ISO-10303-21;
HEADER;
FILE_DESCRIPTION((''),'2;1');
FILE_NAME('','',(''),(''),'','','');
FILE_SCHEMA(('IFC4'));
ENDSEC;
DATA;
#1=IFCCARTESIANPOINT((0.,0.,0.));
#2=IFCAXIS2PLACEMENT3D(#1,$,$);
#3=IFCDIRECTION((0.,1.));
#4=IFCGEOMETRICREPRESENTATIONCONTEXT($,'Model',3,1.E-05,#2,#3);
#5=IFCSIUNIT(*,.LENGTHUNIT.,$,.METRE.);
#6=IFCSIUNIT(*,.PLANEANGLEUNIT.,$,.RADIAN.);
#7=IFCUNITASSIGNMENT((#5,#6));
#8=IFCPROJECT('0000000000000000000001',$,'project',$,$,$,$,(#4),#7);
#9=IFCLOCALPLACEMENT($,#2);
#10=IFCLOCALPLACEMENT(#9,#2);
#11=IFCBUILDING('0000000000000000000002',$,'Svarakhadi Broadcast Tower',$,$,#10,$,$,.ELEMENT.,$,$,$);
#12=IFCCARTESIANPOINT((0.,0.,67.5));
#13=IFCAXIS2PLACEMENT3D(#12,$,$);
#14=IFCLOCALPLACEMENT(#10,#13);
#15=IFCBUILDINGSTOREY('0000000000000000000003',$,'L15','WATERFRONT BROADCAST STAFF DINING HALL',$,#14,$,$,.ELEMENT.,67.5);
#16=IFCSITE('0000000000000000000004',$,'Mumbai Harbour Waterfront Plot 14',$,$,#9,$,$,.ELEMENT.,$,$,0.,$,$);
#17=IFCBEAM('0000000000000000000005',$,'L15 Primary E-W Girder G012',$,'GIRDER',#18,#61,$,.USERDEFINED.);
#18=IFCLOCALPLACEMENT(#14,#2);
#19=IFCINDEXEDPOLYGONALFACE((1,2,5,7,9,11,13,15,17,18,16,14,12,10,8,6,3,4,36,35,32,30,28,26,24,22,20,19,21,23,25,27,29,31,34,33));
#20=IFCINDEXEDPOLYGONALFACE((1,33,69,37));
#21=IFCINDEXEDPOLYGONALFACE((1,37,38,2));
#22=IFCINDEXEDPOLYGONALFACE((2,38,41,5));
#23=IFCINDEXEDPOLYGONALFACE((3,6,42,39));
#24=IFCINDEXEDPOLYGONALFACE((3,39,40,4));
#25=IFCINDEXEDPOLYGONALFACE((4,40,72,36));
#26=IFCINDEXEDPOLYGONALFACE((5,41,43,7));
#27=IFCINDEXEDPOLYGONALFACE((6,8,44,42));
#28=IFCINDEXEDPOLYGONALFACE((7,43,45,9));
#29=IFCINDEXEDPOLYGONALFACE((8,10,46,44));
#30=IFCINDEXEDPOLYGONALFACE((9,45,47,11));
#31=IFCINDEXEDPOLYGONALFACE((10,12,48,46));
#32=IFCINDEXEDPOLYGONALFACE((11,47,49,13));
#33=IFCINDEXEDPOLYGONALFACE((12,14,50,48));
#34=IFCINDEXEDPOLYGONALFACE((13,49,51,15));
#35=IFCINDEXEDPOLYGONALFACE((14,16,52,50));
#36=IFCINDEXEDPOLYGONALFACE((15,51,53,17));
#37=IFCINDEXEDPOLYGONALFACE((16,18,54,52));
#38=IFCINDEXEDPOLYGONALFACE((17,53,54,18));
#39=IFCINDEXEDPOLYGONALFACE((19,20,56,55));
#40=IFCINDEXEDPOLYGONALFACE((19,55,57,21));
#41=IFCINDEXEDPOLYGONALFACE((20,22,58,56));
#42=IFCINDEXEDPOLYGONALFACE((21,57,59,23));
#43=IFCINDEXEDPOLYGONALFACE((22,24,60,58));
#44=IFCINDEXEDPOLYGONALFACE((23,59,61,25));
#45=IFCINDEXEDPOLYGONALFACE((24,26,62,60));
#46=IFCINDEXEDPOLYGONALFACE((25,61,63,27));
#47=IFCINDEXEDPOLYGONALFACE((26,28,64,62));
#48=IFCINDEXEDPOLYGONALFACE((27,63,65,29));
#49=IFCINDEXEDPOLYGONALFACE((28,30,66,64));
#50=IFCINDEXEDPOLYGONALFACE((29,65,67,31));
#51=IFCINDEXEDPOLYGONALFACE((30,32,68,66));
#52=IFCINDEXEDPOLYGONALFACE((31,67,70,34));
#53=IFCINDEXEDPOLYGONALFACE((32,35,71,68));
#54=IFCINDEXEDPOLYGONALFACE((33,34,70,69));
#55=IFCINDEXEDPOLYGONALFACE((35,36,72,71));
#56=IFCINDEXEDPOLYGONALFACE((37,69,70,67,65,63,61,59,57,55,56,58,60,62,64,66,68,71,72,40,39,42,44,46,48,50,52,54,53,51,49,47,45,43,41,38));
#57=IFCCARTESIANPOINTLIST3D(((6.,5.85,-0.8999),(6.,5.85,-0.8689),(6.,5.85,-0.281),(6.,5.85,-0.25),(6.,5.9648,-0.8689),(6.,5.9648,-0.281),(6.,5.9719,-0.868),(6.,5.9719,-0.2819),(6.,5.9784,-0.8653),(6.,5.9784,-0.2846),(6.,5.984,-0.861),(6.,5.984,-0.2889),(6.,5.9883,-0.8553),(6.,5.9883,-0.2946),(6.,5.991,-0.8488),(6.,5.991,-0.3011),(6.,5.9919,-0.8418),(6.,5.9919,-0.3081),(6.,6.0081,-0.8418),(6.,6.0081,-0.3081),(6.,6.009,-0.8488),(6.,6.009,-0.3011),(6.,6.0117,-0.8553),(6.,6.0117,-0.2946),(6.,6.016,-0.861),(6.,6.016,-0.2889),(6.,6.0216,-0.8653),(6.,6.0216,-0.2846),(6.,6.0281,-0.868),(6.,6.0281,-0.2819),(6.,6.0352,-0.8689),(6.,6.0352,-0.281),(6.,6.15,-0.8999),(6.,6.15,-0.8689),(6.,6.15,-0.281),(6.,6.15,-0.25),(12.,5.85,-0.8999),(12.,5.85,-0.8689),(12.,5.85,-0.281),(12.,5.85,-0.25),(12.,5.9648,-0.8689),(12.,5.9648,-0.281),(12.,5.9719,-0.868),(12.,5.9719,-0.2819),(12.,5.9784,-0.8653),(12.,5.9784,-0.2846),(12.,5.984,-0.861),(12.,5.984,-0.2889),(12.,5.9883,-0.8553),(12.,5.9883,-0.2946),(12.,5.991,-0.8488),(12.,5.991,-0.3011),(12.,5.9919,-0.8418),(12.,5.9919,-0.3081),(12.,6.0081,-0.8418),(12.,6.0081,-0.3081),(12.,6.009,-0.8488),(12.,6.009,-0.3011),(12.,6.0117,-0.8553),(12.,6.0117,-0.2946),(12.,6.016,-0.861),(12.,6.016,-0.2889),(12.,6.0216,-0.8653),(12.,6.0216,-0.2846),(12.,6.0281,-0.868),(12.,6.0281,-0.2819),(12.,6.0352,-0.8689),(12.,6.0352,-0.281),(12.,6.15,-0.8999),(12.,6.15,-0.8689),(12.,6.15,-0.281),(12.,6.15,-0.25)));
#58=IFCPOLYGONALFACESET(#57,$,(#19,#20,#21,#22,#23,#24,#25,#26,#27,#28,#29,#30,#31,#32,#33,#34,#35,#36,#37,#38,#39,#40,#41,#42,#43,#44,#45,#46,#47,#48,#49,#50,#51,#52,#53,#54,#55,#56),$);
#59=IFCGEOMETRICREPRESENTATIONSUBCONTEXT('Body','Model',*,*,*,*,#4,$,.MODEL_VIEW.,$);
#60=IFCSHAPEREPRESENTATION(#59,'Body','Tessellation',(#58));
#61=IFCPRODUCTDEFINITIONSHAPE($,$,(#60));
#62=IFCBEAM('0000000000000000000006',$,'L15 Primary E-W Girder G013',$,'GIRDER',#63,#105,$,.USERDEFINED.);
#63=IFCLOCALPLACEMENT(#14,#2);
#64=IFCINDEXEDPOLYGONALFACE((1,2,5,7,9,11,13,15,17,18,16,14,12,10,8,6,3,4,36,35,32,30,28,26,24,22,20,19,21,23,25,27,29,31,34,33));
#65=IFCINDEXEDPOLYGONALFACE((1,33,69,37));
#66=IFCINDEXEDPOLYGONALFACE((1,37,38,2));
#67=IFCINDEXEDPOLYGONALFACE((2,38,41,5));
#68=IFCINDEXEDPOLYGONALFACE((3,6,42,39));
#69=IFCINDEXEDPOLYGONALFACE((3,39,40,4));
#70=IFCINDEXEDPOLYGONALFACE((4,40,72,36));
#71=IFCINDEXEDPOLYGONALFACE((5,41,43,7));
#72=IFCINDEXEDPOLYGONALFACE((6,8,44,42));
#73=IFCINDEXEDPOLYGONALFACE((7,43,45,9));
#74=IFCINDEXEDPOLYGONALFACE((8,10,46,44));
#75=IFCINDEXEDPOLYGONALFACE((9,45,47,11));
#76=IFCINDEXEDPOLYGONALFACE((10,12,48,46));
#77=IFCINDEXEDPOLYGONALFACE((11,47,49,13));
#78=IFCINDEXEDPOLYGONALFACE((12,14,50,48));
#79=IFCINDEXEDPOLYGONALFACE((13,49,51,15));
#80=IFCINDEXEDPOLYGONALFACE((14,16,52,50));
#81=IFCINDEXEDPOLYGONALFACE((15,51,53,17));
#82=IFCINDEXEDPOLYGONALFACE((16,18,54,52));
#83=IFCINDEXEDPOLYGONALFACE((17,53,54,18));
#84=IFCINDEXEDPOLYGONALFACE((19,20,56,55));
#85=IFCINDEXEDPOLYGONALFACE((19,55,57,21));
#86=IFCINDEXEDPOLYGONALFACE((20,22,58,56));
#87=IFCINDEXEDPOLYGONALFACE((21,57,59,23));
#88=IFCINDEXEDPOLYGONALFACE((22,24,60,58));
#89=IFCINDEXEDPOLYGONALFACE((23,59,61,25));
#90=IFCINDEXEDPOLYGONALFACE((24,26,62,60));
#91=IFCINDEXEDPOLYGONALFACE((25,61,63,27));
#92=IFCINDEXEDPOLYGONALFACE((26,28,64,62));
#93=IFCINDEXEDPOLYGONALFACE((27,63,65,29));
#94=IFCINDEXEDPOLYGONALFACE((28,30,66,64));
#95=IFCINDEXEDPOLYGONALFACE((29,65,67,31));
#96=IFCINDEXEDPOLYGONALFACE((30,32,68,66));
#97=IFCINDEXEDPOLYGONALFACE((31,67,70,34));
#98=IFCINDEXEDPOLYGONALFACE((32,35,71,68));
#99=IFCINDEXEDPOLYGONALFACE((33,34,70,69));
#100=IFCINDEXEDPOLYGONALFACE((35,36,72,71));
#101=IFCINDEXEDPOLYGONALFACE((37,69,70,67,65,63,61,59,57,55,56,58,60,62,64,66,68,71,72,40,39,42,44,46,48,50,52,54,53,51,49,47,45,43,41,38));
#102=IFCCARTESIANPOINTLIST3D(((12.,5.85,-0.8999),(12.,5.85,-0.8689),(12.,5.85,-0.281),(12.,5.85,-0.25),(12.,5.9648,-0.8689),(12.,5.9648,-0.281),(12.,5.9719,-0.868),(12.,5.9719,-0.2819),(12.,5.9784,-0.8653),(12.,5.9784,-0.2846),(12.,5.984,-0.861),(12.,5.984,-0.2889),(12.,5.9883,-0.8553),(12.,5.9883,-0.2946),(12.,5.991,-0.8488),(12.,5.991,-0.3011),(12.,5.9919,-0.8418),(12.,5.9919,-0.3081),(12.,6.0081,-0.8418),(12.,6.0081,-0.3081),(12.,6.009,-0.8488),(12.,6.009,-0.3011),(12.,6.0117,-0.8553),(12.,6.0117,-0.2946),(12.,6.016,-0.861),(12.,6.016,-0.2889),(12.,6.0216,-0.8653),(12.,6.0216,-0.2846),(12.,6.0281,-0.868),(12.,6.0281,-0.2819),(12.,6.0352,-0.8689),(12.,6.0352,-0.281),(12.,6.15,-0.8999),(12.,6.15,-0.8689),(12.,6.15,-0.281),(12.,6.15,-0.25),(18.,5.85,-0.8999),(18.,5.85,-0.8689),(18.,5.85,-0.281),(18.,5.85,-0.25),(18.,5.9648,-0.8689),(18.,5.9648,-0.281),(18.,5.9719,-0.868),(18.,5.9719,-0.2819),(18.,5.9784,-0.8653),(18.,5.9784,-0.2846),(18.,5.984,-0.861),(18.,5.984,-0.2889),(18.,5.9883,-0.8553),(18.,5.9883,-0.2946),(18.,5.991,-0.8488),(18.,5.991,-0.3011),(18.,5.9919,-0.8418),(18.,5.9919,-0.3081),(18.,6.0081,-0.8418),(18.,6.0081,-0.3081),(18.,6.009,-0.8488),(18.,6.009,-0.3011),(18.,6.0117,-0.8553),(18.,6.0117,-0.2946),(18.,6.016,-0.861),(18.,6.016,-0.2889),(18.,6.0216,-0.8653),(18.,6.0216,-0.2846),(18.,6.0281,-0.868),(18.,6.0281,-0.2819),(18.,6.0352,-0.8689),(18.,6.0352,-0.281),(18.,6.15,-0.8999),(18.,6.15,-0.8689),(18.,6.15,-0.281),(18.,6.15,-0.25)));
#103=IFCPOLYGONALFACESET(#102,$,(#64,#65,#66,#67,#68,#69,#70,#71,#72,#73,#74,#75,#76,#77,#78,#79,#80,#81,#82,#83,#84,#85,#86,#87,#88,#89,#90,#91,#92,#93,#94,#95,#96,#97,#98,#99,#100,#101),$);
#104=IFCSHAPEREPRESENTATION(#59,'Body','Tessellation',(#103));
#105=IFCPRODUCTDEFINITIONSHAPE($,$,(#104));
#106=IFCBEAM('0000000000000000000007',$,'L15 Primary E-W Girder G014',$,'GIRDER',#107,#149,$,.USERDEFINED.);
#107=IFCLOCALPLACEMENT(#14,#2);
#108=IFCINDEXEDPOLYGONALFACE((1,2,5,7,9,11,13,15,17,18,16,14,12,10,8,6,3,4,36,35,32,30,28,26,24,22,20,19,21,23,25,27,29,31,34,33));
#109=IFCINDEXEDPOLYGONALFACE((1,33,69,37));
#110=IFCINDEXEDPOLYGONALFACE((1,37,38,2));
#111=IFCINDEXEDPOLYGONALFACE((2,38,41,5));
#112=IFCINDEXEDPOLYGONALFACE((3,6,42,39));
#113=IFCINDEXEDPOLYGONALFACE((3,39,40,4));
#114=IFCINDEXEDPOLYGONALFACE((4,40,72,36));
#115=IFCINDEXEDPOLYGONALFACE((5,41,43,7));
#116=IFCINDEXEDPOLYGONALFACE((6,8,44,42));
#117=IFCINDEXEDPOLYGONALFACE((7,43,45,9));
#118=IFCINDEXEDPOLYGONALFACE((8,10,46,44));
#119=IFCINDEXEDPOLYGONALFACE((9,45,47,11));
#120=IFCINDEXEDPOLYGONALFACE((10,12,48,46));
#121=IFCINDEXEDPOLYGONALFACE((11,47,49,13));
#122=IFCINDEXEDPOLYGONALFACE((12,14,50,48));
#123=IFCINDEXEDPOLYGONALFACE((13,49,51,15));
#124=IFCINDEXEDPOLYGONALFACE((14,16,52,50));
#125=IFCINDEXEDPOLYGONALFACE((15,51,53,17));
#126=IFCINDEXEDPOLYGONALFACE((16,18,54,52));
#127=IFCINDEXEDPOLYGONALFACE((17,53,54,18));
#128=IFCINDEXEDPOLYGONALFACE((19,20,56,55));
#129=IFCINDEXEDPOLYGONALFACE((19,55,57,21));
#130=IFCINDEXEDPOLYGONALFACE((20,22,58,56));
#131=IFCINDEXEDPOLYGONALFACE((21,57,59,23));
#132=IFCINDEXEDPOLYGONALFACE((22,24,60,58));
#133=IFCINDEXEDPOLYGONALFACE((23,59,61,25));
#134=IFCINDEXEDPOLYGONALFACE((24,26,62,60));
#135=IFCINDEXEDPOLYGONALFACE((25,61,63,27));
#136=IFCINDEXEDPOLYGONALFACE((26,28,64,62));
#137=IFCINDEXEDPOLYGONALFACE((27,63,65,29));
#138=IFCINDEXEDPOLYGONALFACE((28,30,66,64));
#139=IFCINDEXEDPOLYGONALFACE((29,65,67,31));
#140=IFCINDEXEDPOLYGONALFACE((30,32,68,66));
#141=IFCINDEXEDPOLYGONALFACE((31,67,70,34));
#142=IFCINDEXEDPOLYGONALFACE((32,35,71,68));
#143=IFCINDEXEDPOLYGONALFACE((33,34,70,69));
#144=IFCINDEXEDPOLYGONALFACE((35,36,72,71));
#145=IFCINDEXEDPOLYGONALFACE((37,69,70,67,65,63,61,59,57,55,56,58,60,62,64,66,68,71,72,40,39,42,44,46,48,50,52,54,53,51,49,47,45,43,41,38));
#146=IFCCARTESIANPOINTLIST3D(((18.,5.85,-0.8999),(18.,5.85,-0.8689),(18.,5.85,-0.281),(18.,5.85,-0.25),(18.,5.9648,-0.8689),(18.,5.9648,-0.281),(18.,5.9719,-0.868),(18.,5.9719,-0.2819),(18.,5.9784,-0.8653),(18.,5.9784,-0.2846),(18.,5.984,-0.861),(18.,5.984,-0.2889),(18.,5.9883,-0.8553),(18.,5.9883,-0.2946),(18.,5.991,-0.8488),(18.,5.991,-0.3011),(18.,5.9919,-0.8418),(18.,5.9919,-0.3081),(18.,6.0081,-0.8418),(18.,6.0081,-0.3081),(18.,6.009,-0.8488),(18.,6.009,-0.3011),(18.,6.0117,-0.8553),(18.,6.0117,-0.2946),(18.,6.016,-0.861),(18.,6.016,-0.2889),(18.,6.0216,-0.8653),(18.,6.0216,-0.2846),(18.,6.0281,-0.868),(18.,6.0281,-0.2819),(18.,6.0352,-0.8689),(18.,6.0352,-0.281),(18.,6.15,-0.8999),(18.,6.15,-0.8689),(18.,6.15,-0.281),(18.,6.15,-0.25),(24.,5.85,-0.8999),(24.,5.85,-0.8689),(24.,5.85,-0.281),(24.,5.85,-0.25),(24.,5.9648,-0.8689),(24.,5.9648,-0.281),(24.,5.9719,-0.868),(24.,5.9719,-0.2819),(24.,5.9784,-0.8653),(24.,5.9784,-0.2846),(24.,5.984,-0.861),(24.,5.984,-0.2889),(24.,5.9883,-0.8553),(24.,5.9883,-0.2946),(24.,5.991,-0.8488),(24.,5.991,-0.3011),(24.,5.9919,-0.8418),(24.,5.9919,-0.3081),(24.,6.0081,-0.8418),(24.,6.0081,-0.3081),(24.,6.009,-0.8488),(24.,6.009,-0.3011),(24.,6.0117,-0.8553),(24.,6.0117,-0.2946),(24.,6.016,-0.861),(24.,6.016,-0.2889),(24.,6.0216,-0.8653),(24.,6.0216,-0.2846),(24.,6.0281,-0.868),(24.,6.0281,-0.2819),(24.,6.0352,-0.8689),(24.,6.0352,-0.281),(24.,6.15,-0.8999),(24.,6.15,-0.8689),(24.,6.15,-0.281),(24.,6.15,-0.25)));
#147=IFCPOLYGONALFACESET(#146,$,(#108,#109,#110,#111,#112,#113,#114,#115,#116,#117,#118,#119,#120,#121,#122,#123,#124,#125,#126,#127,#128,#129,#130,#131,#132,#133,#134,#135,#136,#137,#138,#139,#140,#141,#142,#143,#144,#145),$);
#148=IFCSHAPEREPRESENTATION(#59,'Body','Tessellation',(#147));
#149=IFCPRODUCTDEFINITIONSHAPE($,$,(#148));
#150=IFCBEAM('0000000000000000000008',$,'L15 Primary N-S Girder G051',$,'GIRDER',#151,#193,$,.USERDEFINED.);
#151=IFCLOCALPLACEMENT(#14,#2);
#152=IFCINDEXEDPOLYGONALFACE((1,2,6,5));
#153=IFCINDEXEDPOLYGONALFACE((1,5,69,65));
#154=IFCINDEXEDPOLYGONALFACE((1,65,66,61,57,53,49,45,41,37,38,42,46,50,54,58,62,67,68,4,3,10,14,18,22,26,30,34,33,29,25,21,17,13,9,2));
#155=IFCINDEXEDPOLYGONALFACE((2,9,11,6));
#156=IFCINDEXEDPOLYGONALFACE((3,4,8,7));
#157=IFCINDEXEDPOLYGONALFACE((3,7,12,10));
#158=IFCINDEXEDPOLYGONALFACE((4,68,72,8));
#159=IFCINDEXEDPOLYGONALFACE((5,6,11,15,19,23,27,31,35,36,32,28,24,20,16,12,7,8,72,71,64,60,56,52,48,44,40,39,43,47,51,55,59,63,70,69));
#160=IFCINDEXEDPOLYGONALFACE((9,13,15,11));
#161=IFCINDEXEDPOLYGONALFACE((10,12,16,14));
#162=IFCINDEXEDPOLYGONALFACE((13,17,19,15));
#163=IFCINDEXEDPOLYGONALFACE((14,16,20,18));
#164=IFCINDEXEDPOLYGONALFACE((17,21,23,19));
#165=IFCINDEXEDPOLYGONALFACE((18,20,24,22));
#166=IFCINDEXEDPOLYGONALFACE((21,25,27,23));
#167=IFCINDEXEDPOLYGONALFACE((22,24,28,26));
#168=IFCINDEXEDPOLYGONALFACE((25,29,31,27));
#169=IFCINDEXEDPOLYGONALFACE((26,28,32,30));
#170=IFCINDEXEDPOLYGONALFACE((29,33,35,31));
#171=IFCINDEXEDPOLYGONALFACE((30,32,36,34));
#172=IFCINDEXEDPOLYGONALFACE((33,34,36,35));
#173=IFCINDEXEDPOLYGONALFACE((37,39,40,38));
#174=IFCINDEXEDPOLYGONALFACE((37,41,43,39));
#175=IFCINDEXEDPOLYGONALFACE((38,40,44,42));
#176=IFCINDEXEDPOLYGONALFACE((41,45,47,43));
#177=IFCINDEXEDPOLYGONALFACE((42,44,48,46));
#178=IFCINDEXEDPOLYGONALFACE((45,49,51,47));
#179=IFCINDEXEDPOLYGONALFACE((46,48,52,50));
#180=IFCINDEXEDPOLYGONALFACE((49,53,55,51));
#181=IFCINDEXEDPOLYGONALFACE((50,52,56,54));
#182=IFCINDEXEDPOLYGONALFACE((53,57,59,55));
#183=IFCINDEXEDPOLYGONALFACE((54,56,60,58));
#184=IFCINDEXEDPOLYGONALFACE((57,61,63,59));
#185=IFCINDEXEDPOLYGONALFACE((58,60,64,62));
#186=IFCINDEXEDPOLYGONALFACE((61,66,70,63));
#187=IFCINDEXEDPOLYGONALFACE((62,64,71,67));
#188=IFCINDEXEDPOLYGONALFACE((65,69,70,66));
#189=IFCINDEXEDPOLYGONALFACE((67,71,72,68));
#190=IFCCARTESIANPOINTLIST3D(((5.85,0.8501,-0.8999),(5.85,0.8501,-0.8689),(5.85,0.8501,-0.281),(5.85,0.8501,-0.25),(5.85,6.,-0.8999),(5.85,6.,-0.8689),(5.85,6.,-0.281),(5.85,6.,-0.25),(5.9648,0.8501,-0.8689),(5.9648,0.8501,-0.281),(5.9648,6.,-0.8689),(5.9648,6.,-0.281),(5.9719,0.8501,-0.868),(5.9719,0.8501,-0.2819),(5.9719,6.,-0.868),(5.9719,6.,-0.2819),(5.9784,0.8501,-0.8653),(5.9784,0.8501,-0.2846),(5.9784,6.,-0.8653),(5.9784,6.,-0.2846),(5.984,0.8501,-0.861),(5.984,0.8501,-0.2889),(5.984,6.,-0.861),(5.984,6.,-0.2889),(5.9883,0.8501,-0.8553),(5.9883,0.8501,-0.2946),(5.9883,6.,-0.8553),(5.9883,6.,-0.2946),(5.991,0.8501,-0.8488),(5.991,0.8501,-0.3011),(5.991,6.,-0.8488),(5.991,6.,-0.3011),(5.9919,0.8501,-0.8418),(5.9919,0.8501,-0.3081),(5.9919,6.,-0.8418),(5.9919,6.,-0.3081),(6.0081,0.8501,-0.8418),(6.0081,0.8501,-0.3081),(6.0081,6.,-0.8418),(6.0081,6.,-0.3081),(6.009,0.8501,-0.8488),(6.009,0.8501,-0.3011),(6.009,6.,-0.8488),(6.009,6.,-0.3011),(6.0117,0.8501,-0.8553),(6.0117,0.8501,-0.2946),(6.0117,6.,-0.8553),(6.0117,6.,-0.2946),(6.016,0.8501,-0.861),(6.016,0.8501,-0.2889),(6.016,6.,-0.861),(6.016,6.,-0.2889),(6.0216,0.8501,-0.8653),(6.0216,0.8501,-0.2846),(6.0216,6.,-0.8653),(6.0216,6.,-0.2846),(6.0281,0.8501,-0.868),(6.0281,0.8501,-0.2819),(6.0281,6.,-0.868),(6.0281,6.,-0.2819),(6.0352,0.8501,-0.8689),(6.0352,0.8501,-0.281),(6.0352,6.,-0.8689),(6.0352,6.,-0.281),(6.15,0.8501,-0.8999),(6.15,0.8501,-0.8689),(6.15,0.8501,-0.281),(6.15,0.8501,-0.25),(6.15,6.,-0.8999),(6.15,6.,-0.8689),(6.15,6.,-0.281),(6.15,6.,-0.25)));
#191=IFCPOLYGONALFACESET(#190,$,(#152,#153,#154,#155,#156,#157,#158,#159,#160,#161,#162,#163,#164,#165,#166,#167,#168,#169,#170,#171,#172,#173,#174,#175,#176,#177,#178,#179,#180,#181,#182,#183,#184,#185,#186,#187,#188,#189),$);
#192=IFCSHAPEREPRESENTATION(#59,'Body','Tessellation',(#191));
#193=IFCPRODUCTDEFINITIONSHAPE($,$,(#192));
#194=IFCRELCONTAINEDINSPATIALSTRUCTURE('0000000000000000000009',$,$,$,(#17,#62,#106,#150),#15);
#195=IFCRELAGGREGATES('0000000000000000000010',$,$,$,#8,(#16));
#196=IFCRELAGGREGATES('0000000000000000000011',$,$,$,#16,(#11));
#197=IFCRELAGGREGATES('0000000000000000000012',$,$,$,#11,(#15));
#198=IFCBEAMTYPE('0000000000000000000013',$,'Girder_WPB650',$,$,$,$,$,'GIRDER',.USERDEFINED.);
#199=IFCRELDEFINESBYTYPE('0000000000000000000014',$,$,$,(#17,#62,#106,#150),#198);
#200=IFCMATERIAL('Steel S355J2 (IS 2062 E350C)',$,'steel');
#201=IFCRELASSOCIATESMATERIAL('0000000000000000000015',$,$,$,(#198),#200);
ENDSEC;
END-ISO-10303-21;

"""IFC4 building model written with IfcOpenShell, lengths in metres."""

from ifc_helpers import new_model, si_unit, direction, frame, origin, origin_2d, place, context, subcontext, project, spatial, i_section, extrude, material, material_profile, profile_set, type_object, element, save


model = new_model("IFC4")

# Units and contexts
model_context = context("Model", 3, precision=1e-05, world=origin(), true_north=direction((0.0, 1.0)))
body_context = subcontext(model_context, "Body", "Model", "MODEL_VIEW")
ifc_project = project(units=[si_unit("LENGTHUNIT", "METRE"), si_unit("PLANEANGLEUNIT", "RADIAN")], contexts=[model_context])

# Site, building, storey
site_placement = place(None, origin())
site = spatial("IfcSite", under=ifc_project, at=site_placement, Name="Mumbai Harbour Waterfront Plot 14", CompositionType="ELEMENT", RefElevation=0.0)
building_placement = place(site_placement, origin())
building = spatial("IfcBuilding", under=site, at=building_placement, Name="Svarakhadi Broadcast Tower", CompositionType="ELEMENT")
storey_placement = place(building_placement, frame((0.0, 0.0, 67.5)))
storey = spatial("IfcBuildingStorey", under=building, at=storey_placement, Name="L15", Description="WATERFRONT BROADCAST STAFF DINING HALL", CompositionType="ELEMENT", Elevation=67.5)

# Shared definitions
ifc_material_1 = material(Name="Steel S355J2 (IS 2062 E350C)", Category="steel")

# Beams
ifc_material_profile_1 = material_profile(ifc_material_1, i_section(OverallWidth=0.3, OverallDepth=0.6499, WebThickness=0.0161, FlangeThickness=0.031, FilletRadius=0.0271, at=origin_2d()), Name="WPB 650x300x225")
ifc_profile_set_1 = profile_set([ifc_material_profile_1], Name="Steel S355J2 (IS 2062 E350C)")
beam_type_1 = type_object("IfcBeamType", Name="Girder_WPB650", ElementType="GIRDER", PredefinedType="USERDEFINED", material=ifc_profile_set_1)
for number, where, z_axis, x_axis, name in (
    (1, (6.0, 6.0, -0.575), (1.0, 0.0, 0.0), (0.0, 1.0, 0.0), "L15 Primary E-W Girder G012"),
    (2, (12.0, 6.0, -0.575), (1.0, 0.0, 0.0), (0.0, 1.0, 0.0), "L15 Primary E-W Girder G013"),
    (3, (18.0, 6.0, -0.575), (1.0, 0.0, 0.0), (0.0, 1.0, 0.0), "L15 Primary E-W Girder G014"),
):
    element("IfcBeam", number, at=place(storey_placement, frame(where, z_axis=z_axis, x_axis=x_axis)), inside=storey, type_object=beam_type_1, Name=name, ObjectType="GIRDER", PredefinedType="USERDEFINED", context=body_context, shape_type="SweptSolid", body=[
        extrude(i_section(OverallWidth=0.3, OverallDepth=0.6499, WebThickness=0.0161, FlangeThickness=0.031, FilletRadius=0.0271, at=origin_2d()), origin(), (0.0, 0.0, 1.0), 6.0),
    ])
beam_1_placement = place(storey_placement, frame((6.0, 0.8501, -0.575), z_axis=(0.0, 1.0, 0.0), x_axis=(-1.0, 0.0, 0.0)))
element("IfcBeam", 4, at=beam_1_placement, inside=storey, type_object=beam_type_1, Name="L15 Primary N-S Girder G051", ObjectType="GIRDER", PredefinedType="USERDEFINED", context=body_context, shape_type="SweptSolid", body=[
    extrude(i_section(OverallWidth=0.3, OverallDepth=0.6499, WebThickness=0.0161, FlangeThickness=0.031, FilletRadius=0.0271, at=origin_2d()), origin(), (0.0, 0.0, 1.0), 5.1499),
])

save(model, "model.ifc")
